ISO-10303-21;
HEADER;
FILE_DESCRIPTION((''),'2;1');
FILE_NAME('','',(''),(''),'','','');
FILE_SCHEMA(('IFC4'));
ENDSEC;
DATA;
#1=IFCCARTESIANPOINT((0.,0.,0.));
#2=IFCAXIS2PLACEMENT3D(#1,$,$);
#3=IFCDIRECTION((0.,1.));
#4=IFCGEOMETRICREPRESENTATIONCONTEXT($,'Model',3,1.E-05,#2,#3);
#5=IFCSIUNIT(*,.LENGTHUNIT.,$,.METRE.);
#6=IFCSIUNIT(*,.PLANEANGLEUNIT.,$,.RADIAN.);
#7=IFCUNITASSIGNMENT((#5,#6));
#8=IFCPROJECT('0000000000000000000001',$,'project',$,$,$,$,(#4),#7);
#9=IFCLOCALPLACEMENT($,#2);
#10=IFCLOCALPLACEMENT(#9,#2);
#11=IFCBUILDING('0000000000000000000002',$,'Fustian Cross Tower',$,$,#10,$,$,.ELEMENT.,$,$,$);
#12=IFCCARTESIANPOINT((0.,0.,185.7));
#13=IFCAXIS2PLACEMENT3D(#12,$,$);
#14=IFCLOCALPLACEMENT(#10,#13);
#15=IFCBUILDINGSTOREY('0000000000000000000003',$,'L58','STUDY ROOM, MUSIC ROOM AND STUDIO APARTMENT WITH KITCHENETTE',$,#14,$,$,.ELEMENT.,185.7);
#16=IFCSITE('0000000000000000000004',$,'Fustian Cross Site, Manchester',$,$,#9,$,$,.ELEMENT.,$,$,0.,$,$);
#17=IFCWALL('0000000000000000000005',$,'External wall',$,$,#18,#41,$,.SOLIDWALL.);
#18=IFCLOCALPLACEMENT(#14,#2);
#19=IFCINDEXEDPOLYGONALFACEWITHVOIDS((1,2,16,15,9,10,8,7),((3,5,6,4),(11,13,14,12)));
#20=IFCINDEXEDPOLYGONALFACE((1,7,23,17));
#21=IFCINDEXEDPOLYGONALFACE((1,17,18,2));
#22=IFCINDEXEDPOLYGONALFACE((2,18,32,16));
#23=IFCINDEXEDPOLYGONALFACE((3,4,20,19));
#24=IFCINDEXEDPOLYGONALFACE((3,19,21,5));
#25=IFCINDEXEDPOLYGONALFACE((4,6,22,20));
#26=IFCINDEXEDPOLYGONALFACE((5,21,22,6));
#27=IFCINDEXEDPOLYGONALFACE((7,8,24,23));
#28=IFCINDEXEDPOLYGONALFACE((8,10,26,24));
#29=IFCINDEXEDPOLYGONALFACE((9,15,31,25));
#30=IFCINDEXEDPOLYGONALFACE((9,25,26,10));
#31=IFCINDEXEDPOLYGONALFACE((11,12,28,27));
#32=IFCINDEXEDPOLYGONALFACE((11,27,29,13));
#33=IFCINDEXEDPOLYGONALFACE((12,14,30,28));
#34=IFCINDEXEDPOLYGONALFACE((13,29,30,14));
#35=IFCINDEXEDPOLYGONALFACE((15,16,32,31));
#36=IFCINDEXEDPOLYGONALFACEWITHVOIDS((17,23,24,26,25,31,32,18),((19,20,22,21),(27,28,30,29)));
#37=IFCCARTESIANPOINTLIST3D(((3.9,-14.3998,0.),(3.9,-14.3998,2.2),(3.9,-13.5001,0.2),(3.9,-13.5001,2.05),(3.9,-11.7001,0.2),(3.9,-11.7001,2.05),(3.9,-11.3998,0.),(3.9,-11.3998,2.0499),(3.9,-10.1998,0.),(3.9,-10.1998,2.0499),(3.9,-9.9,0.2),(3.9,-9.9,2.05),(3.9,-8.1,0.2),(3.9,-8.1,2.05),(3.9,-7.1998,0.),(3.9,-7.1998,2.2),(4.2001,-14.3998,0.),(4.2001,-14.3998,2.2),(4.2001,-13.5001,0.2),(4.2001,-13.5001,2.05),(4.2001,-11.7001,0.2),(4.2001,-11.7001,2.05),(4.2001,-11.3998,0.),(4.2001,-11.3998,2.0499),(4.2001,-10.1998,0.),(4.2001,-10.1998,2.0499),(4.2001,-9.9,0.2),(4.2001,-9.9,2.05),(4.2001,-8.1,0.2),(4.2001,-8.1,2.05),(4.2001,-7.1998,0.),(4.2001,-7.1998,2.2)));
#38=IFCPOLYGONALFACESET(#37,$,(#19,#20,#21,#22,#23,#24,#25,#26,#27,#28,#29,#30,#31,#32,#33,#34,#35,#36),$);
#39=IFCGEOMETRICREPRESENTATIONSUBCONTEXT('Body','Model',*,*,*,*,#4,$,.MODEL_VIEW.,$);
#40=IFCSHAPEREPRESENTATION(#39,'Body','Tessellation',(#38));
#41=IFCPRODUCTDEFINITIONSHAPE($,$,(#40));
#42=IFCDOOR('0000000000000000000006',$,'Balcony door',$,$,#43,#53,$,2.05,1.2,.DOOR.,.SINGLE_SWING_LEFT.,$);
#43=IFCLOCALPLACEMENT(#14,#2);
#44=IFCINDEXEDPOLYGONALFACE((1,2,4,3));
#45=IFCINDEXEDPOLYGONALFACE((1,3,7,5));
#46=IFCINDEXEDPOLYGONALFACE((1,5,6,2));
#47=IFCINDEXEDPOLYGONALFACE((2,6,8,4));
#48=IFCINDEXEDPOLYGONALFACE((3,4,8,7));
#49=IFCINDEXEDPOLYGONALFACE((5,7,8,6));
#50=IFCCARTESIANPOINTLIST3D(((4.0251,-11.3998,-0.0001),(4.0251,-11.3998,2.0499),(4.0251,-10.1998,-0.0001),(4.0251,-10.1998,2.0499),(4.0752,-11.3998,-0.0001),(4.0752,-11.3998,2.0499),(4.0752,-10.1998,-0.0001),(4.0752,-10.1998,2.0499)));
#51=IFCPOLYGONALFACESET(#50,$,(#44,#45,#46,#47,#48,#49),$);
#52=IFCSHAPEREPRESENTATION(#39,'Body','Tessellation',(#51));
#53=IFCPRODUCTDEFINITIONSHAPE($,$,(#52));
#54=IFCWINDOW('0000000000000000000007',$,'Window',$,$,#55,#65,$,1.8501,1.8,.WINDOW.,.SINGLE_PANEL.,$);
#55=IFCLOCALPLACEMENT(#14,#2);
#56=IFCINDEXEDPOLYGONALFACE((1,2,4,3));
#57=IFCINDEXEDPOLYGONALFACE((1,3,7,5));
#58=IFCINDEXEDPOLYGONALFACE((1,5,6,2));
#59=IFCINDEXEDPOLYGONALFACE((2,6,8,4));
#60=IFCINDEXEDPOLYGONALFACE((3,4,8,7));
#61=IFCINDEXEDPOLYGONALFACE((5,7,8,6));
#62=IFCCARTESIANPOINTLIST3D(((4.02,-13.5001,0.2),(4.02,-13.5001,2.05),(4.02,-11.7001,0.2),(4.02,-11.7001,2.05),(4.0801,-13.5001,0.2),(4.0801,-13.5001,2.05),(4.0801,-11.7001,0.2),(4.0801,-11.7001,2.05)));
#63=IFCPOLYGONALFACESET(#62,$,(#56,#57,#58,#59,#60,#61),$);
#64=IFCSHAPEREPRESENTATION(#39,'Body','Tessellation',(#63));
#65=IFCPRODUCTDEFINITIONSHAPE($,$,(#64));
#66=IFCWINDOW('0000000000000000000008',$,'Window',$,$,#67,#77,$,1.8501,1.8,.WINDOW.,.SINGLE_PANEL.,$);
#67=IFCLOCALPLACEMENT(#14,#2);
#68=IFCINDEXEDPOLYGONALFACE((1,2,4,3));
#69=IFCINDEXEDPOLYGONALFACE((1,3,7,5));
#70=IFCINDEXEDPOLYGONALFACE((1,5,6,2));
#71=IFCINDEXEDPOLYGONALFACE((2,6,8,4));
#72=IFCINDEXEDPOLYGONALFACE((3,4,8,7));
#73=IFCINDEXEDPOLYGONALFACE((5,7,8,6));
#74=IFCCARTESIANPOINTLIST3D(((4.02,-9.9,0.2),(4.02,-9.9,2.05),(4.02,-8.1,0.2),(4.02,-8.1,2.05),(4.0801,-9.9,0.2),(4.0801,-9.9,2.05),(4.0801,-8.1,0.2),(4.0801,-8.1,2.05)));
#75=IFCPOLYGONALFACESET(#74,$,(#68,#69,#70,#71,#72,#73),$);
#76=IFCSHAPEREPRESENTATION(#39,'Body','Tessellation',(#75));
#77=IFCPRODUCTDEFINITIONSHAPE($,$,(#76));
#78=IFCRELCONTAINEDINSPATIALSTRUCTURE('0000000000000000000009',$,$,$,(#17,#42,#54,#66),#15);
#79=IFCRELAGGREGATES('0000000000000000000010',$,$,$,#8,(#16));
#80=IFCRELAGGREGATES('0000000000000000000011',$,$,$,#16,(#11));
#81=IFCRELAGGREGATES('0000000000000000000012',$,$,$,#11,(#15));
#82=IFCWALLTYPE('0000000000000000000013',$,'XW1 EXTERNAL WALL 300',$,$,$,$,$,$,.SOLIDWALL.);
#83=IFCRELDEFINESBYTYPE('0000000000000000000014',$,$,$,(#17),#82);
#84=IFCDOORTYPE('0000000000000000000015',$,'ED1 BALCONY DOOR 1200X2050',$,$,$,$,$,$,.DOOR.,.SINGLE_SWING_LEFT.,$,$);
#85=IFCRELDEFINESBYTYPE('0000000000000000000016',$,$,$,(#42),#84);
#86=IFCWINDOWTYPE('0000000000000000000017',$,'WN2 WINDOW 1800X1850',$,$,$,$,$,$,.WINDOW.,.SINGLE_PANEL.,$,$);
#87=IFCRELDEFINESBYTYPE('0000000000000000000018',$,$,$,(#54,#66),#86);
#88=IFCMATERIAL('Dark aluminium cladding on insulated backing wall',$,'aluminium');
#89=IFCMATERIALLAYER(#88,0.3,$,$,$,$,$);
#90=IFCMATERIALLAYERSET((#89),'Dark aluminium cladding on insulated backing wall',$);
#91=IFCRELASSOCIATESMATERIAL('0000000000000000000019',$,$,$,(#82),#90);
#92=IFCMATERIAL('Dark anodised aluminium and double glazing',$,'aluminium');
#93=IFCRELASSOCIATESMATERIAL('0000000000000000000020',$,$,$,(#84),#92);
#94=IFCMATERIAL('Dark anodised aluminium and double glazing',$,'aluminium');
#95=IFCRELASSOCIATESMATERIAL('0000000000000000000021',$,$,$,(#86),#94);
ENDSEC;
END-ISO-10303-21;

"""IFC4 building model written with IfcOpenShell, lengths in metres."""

from ifc_helpers import new_model, si_unit, direction, frame, frame_2d, origin, place, context, subcontext, project, spatial, rectangle, extrude, material, layer, layer_set, type_object, element, fill, save


model = new_model("IFC4")

# Units and contexts
model_context = context("Model", 3, precision=1e-05, world=origin(), true_north=direction((0.0, 1.0)))
body_context = subcontext(model_context, "Body", "Model", "MODEL_VIEW")
ifc_project = project(units=[si_unit("LENGTHUNIT", "METRE"), si_unit("PLANEANGLEUNIT", "RADIAN")], contexts=[model_context])

# Site, building, storey
site_placement = place(None, origin())
site = spatial("IfcSite", under=ifc_project, at=site_placement, Name="Fustian Cross Site, Manchester", CompositionType="ELEMENT", RefElevation=0.0)
building_placement = place(site_placement, origin())
building = spatial("IfcBuilding", under=site, at=building_placement, Name="Fustian Cross Tower", CompositionType="ELEMENT")
storey_placement = place(building_placement, frame((0.0, 0.0, 185.7)))
storey = spatial("IfcBuildingStorey", under=building, at=storey_placement, Name="L58", Description="STUDY ROOM, MUSIC ROOM AND STUDIO APARTMENT WITH KITCHENETTE", CompositionType="ELEMENT", Elevation=185.7)

# Shared definitions
ifc_material_1 = material(Name="Dark aluminium cladding on insulated backing wall", Category="aluminium")
ifc_layer_1 = layer(ifc_material_1, 0.3)
ifc_layer_set_1 = layer_set([ifc_layer_1], Name="Dark aluminium cladding on insulated backing wall")
wall_type_1 = type_object("IfcWallType", Name="XW1 EXTERNAL WALL 300", PredefinedType="SOLIDWALL", material=ifc_layer_set_1)

# Wall, openings, door, windows
wall_1_placement = place(storey_placement, frame((4.05, -14.3999, 0.0), z_axis=(0.0, 0.0, 1.0), x_axis=(0.0, 1.0, 0.0)))
wall_1 = element("IfcWall", 1, at=wall_1_placement, inside=storey, type_object=wall_type_1, Name="External wall", PredefinedType="SOLIDWALL", context=body_context, shape_type="SweptSolid", body=[
    extrude(rectangle(XDim=7.2, YDim=0.3, at=frame_2d((3.6001, 0.0))), origin(), (0.0, 0.0, 1.0), 2.2),
])
opening_1_placement = place(wall_1_placement, frame((3.0, 0.0, 0.0)))
opening_1 = element("IfcOpeningElement", 2, at=opening_1_placement, cuts=wall_1, PredefinedType="OPENING", context=body_context, shape_type="SweptSolid", body=[
    extrude(rectangle(XDim=1.2, YDim=2.05, at=frame_2d((0.6001, 1.0249))), frame((0.0, 0.1599, 0.0), z_axis=(0.0, -1.0, 0.0), x_axis=(1.0, 0.0, 0.0)), (0.0, 0.0, 1.0), 0.3201),
])
opening_2_placement = place(wall_1_placement, frame((0.8999, 0.0, 0.2)))
opening_2 = element("IfcOpeningElement", 3, at=opening_2_placement, cuts=wall_1, PredefinedType="OPENING", context=body_context, shape_type="SweptSolid", body=[
    extrude(rectangle(XDim=1.8, YDim=1.8501, at=frame_2d((0.8999, 0.925))), frame((0.0, 0.1599, 0.0), z_axis=(0.0, -1.0, 0.0), x_axis=(1.0, 0.0, 0.0)), (0.0, 0.0, 1.0), 0.3201),
])
opening_3_placement = place(wall_1_placement, frame((4.5, 0.0, 0.2)))
opening_3 = element("IfcOpeningElement", 4, at=opening_3_placement, cuts=wall_1, PredefinedType="OPENING", context=body_context, shape_type="SweptSolid", body=[
    extrude(rectangle(XDim=1.8, YDim=1.8501, at=frame_2d((0.8999, 0.925))), frame((0.0, 0.1599, 0.0), z_axis=(0.0, -1.0, 0.0), x_axis=(1.0, 0.0, 0.0)), (0.0, 0.0, 1.0), 0.3201),
])
ifc_material_2 = material(Name="Dark anodised aluminium and double glazing", Category="aluminium")
door_type = type_object("IfcDoorType", Name="ED1 BALCONY DOOR 1200X2050", OperationType="SINGLE_SWING_LEFT", PredefinedType="DOOR", material=ifc_material_2)
door_placement = place(opening_1_placement, origin())
door = element("IfcDoor", 5, at=door_placement, inside=storey, type_object=door_type, Name="Balcony door", OperationType="SINGLE_SWING_LEFT", OverallHeight=2.05, OverallWidth=1.2, PredefinedType="DOOR", context=body_context, shape_type="SweptSolid", body=[
    extrude(rectangle(XDim=1.2, YDim=2.05, at=frame_2d((0.6001, 1.0249))), frame((0.0, 0.0249, 0.0), z_axis=(0.0, -1.0, 0.0), x_axis=(1.0, 0.0, 0.0)), (0.0, 0.0, 1.0), 0.05),
])
fill(opening_1, door)
ifc_material_3 = material(Name="Dark anodised aluminium and double glazing", Category="aluminium")
window_type_1 = type_object("IfcWindowType", Name="WN2 WINDOW 1800X1850", PartitioningType="SINGLE_PANEL", PredefinedType="WINDOW", material=ifc_material_3)
window_1_placement = place(opening_2_placement, origin())
window_1 = element("IfcWindow", 6, at=window_1_placement, inside=storey, type_object=window_type_1, Name="Window", OverallHeight=1.8501, OverallWidth=1.8, PartitioningType="SINGLE_PANEL", PredefinedType="WINDOW", context=body_context, shape_type="SweptSolid", body=[
    extrude(rectangle(XDim=1.8, YDim=1.8501, at=frame_2d((0.8999, 0.925))), frame((0.0, 0.03, 0.0), z_axis=(0.0, -1.0, 0.0), x_axis=(1.0, 0.0, 0.0)), (0.0, 0.0, 1.0), 0.0601),
])
fill(opening_2, window_1)
window_2_placement = place(opening_3_placement, origin())
window_2 = element("IfcWindow", 7, at=window_2_placement, inside=storey, type_object=window_type_1, Name="Window", OverallHeight=1.8501, OverallWidth=1.8, PartitioningType="SINGLE_PANEL", PredefinedType="WINDOW", context=body_context, shape_type="SweptSolid", body=[
    extrude(rectangle(XDim=1.8, YDim=1.8501, at=frame_2d((0.8999, 0.925))), frame((0.0, 0.03, 0.0), z_axis=(0.0, -1.0, 0.0), x_axis=(1.0, 0.0, 0.0)), (0.0, 0.0, 1.0), 0.0601),
])
fill(opening_3, window_2)

save(model, "model.ifc")
